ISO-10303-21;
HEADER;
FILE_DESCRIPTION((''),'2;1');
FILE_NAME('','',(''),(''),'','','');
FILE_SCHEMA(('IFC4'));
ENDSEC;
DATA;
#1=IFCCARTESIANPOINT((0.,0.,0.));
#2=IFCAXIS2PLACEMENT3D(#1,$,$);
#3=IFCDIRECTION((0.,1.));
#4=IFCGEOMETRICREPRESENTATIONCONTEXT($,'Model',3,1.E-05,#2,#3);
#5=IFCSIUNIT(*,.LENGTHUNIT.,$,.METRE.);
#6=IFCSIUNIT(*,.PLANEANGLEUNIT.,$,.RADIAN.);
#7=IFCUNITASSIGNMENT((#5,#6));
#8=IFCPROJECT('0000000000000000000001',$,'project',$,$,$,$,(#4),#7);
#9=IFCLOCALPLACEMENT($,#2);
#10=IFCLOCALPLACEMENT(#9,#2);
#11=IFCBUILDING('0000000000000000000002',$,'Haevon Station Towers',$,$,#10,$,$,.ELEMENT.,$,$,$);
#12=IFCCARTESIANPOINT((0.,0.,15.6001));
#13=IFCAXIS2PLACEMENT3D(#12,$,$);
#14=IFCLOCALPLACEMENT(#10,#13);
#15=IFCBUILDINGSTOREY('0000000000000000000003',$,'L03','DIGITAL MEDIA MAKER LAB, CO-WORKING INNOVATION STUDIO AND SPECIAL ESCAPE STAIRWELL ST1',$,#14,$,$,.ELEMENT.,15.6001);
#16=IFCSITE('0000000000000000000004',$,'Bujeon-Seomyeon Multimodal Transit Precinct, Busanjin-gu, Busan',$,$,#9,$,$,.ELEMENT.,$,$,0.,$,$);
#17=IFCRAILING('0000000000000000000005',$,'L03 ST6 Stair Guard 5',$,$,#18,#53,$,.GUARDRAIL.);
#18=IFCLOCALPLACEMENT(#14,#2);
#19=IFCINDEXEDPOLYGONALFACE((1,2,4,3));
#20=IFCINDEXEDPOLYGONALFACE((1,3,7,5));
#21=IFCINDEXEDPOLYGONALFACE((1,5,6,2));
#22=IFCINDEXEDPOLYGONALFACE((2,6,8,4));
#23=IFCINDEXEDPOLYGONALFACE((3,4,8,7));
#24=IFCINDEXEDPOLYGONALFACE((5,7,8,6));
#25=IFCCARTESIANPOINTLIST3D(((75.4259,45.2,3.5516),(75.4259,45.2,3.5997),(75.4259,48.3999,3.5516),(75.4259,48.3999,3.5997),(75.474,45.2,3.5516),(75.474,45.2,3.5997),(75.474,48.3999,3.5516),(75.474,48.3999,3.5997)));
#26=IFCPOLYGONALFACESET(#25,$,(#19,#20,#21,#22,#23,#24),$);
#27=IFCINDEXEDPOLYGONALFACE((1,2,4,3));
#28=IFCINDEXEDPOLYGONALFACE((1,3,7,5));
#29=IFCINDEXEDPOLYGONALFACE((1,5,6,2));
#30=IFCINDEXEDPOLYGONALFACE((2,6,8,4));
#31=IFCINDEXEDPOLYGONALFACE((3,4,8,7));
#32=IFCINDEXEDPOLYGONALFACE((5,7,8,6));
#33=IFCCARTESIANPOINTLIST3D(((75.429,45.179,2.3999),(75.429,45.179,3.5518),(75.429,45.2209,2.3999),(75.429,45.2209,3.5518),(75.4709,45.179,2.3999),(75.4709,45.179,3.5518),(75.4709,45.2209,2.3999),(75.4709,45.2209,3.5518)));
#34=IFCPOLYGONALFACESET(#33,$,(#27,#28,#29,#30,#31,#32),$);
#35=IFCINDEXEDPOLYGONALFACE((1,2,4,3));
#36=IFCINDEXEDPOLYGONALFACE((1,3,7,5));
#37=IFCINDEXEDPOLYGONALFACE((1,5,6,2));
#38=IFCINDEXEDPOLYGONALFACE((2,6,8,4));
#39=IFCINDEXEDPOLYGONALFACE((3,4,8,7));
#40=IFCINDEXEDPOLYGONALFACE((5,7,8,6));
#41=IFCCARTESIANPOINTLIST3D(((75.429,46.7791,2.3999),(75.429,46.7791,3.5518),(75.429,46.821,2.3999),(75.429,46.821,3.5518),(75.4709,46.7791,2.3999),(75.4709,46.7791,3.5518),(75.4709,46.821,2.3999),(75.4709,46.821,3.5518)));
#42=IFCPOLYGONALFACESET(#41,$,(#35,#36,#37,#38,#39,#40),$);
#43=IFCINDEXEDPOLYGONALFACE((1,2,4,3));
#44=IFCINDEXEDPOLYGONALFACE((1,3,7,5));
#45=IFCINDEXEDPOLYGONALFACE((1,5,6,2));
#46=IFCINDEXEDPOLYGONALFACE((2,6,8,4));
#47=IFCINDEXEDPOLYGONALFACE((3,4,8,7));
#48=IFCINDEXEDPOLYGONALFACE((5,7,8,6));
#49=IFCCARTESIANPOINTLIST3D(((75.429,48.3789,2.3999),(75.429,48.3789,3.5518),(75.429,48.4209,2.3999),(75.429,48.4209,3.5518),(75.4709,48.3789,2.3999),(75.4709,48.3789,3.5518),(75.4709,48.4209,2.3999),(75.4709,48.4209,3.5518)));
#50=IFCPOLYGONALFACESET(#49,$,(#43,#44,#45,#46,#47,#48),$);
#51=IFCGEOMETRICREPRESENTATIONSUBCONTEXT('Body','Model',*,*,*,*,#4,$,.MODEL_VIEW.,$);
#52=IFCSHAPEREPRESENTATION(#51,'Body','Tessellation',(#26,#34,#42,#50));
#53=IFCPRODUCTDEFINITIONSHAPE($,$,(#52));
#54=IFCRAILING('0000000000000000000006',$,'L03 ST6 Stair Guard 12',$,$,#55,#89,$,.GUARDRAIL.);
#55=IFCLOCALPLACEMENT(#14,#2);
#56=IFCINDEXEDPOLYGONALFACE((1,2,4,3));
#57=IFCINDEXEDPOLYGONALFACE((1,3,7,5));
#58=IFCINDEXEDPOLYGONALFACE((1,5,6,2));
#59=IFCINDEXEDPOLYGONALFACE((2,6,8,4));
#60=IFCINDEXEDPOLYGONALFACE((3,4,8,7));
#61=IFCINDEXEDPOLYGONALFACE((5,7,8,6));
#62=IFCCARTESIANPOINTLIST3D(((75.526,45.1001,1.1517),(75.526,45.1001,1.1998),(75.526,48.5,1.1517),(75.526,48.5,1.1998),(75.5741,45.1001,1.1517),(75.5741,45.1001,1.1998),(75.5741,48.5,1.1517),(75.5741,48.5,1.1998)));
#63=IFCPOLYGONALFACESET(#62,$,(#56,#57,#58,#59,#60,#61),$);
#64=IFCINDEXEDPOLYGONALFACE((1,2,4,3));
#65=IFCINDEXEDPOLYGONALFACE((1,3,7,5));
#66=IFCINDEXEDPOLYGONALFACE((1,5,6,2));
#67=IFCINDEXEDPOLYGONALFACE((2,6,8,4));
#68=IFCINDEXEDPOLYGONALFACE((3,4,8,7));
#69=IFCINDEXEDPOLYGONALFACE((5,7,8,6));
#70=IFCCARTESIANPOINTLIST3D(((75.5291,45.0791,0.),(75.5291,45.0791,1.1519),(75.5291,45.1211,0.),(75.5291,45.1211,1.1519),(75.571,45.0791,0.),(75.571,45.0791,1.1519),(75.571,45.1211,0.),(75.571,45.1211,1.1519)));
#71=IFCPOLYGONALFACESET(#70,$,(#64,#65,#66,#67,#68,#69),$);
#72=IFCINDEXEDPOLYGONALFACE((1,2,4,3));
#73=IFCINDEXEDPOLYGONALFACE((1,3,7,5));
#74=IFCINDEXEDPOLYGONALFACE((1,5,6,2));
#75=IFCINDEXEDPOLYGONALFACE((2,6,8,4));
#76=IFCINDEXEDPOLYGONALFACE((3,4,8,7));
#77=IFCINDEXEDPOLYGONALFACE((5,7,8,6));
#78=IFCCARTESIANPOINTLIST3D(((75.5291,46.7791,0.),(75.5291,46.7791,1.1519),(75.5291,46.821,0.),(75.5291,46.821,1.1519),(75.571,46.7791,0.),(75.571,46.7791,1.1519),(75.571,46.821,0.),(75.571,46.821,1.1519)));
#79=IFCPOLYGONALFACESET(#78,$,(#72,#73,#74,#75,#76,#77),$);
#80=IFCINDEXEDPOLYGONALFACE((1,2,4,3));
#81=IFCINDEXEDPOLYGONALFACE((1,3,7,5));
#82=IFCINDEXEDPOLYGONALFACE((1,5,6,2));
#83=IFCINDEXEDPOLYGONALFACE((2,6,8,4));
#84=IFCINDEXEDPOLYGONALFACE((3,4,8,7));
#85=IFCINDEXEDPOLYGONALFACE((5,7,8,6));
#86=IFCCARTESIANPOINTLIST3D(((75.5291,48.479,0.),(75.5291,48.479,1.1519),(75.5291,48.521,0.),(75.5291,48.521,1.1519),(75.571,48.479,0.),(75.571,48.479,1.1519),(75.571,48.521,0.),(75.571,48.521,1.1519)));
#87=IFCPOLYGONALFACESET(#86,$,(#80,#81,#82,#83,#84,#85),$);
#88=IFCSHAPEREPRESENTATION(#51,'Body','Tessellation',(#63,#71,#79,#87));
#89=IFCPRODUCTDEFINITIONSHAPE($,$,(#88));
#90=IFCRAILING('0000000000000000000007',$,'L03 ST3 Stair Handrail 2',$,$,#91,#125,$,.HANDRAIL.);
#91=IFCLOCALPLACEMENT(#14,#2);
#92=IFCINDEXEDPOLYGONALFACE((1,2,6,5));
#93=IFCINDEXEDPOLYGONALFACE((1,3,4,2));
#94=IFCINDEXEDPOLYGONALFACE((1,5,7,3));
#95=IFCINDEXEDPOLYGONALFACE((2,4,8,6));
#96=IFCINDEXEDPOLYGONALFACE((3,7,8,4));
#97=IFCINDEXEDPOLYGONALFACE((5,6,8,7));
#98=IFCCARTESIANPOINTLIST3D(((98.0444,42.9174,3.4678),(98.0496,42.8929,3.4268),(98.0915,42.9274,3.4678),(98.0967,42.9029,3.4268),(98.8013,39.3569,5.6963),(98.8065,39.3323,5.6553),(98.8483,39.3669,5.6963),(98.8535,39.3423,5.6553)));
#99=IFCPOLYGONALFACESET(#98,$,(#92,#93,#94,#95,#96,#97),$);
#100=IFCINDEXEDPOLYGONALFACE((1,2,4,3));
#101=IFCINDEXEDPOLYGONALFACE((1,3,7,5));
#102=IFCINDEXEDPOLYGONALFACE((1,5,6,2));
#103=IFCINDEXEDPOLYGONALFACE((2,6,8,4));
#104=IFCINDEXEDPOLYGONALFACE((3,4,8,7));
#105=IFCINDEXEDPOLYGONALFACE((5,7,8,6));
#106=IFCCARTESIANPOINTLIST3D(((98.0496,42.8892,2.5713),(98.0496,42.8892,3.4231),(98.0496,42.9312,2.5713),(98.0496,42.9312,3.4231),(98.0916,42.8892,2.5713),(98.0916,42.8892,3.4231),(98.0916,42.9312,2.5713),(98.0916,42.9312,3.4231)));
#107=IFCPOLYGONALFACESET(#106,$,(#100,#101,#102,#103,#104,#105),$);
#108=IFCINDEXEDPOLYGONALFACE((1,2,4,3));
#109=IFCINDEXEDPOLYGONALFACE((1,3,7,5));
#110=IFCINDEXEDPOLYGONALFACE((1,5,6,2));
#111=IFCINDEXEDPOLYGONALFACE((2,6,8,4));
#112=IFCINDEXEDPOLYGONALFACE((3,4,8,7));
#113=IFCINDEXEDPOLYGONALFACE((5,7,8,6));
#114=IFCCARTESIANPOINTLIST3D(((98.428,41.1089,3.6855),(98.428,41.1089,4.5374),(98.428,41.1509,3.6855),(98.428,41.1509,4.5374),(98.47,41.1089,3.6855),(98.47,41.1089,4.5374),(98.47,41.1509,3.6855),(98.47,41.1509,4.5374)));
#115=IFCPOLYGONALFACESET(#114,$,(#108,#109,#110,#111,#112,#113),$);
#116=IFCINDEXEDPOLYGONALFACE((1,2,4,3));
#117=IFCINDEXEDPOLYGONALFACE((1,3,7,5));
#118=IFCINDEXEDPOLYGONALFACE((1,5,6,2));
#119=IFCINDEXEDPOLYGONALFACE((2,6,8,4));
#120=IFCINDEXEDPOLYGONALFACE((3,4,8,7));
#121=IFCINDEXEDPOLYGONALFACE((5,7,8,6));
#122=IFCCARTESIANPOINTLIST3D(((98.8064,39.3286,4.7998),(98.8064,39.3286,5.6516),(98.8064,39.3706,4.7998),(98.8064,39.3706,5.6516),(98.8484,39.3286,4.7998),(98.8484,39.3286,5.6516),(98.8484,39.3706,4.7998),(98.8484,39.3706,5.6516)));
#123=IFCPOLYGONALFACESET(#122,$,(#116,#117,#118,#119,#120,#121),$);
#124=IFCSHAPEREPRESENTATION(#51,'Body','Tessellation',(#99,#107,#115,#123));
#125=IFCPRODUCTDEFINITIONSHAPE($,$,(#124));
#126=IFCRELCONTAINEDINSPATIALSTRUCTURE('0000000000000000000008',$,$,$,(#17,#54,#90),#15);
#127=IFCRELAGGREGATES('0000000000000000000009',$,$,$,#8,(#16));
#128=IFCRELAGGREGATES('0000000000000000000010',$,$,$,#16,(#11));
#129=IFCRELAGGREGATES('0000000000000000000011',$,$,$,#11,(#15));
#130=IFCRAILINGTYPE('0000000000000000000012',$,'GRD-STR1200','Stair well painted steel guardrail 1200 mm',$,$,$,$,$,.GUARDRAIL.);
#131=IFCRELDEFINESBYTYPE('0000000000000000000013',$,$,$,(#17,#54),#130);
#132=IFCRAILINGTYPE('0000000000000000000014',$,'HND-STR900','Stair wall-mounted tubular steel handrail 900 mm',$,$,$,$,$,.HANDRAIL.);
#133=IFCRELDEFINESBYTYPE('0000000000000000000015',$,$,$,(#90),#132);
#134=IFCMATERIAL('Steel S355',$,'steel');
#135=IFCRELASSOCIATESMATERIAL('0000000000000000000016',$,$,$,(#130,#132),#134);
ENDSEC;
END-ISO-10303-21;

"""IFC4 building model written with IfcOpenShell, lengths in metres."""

from ifc_helpers import new_model, si_unit, direction, frame, origin, origin_2d, place, context, subcontext, project, spatial, rectangle, extrude, material, type_object, element, save


model = new_model("IFC4")

# Units and contexts
model_context = context("Model", 3, precision=1e-05, world=origin(), true_north=direction((0.0, 1.0)))
body_context = subcontext(model_context, "Body", "Model", "MODEL_VIEW")
ifc_project = project(units=[si_unit("LENGTHUNIT", "METRE"), si_unit("PLANEANGLEUNIT", "RADIAN")], contexts=[model_context])

# Site, building, storey
site_placement = place(None, origin())
site = spatial("IfcSite", under=ifc_project, at=site_placement, Name="Bujeon-Seomyeon Multimodal Transit Precinct, Busanjin-gu, Busan", CompositionType="ELEMENT", RefElevation=0.0)
building_placement = place(site_placement, origin())
building = spatial("IfcBuilding", under=site, at=building_placement, Name="Haevon Station Towers", CompositionType="ELEMENT")
storey_placement = place(building_placement, frame((0.0, 0.0, 15.6001)))
storey = spatial("IfcBuildingStorey", under=building, at=storey_placement, Name="L03", Description="DIGITAL MEDIA MAKER LAB, CO-WORKING INNOVATION STUDIO AND SPECIAL ESCAPE STAIRWELL ST1", CompositionType="ELEMENT", Elevation=15.6001)

# Shared definitions
ifc_material_1 = material(Name="Steel S355", Category="steel")

# Railings
railing_type_1 = type_object("IfcRailingType", Name="GRD-STR1200", Description="Stair well painted steel guardrail 1200 mm", PredefinedType="GUARDRAIL", material=ifc_material_1)
railing_1_placement = place(storey_placement, frame((75.45, 45.2, 2.3999)))
element("IfcRailing", 1, at=railing_1_placement, inside=storey, type_object=railing_type_1, Name="L03 ST6 Stair Guard 5", PredefinedType="GUARDRAIL", context=body_context, shape_type="SweptSolid", body=[
    extrude(rectangle(XDim=0.0481, YDim=0.0481, at=origin_2d()), frame((0.0, 0.0, 1.1758), z_axis=(0.0, 1.0, 0.0), x_axis=(-1.0, 0.0, 0.0)), (0.0, 0.0, 1.0), 3.2),
    extrude(rectangle(XDim=0.042, YDim=0.042, at=origin_2d()), origin(), (0.0, 0.0, 1.0), 1.1519),
    extrude(rectangle(XDim=0.042, YDim=0.042, at=origin_2d()), frame((0.0, 1.6001, 0.0)), (0.0, 0.0, 1.0), 1.1519),
    extrude(rectangle(XDim=0.042, YDim=0.042, at=origin_2d()), frame((0.0, 3.2, 0.0)), (0.0, 0.0, 1.0), 1.1519),
])
railing_2_placement = place(storey_placement, frame((75.55, 45.1001, 0.0)))
element("IfcRailing", 2, at=railing_2_placement, inside=storey, type_object=railing_type_1, Name="L03 ST6 Stair Guard 12", PredefinedType="GUARDRAIL", context=body_context, shape_type="SweptSolid", body=[
    extrude(rectangle(XDim=0.0481, YDim=0.0481, at=origin_2d()), frame((0.0, 0.0, 1.1758), z_axis=(0.0, 1.0, 0.0), x_axis=(-1.0, 0.0, 0.0)), (0.0, 0.0, 1.0), 3.3999),
    extrude(rectangle(XDim=0.042, YDim=0.042, at=origin_2d()), origin(), (0.0, 0.0, 1.0), 1.1519),
    extrude(rectangle(XDim=0.042, YDim=0.042, at=origin_2d()), frame((0.0, 1.7, 0.0)), (0.0, 0.0, 1.0), 1.1519),
    extrude(rectangle(XDim=0.042, YDim=0.042, at=origin_2d()), frame((0.0, 3.3999, 0.0)), (0.0, 0.0, 1.0), 1.1519),
])
railing_type_2 = type_object("IfcRailingType", Name="HND-STR900", Description="Stair wall-mounted tubular steel handrail 900 mm", PredefinedType="HANDRAIL", material=ifc_material_1)
railing_3_placement = place(storey_placement, frame((98.0706, 42.9102, 2.5713)))
element("IfcRailing", 3, at=railing_3_placement, inside=storey, type_object=railing_type_2, Name="L03 ST3 Stair Handrail 2", PredefinedType="HANDRAIL", context=body_context, shape_type="SweptSolid", body=[
    extrude(rectangle(XDim=0.0481, YDim=0.0481, at=origin_2d()), frame((0.0, 0.0, 0.876), z_axis=(0.177324, -0.834225, 0.522134), x_axis=(0.978147, 0.207917, 0.0)), (0.0, 0.0, 1.0), 4.2681),
    extrude(rectangle(XDim=0.042, YDim=0.042, at=origin_2d()), origin(), (0.0, 0.0, 1.0), 0.8518),
    extrude(rectangle(XDim=0.042, YDim=0.042, at=origin_2d()), frame((0.3784, -1.7803, 1.1143)), (0.0, 0.0, 1.0), 0.8518),
    extrude(rectangle(XDim=0.042, YDim=0.042, at=origin_2d()), frame((0.7568, -3.5605, 2.2285)), (0.0, 0.0, 1.0), 0.8518),
])

save(model, "model.ifc")
